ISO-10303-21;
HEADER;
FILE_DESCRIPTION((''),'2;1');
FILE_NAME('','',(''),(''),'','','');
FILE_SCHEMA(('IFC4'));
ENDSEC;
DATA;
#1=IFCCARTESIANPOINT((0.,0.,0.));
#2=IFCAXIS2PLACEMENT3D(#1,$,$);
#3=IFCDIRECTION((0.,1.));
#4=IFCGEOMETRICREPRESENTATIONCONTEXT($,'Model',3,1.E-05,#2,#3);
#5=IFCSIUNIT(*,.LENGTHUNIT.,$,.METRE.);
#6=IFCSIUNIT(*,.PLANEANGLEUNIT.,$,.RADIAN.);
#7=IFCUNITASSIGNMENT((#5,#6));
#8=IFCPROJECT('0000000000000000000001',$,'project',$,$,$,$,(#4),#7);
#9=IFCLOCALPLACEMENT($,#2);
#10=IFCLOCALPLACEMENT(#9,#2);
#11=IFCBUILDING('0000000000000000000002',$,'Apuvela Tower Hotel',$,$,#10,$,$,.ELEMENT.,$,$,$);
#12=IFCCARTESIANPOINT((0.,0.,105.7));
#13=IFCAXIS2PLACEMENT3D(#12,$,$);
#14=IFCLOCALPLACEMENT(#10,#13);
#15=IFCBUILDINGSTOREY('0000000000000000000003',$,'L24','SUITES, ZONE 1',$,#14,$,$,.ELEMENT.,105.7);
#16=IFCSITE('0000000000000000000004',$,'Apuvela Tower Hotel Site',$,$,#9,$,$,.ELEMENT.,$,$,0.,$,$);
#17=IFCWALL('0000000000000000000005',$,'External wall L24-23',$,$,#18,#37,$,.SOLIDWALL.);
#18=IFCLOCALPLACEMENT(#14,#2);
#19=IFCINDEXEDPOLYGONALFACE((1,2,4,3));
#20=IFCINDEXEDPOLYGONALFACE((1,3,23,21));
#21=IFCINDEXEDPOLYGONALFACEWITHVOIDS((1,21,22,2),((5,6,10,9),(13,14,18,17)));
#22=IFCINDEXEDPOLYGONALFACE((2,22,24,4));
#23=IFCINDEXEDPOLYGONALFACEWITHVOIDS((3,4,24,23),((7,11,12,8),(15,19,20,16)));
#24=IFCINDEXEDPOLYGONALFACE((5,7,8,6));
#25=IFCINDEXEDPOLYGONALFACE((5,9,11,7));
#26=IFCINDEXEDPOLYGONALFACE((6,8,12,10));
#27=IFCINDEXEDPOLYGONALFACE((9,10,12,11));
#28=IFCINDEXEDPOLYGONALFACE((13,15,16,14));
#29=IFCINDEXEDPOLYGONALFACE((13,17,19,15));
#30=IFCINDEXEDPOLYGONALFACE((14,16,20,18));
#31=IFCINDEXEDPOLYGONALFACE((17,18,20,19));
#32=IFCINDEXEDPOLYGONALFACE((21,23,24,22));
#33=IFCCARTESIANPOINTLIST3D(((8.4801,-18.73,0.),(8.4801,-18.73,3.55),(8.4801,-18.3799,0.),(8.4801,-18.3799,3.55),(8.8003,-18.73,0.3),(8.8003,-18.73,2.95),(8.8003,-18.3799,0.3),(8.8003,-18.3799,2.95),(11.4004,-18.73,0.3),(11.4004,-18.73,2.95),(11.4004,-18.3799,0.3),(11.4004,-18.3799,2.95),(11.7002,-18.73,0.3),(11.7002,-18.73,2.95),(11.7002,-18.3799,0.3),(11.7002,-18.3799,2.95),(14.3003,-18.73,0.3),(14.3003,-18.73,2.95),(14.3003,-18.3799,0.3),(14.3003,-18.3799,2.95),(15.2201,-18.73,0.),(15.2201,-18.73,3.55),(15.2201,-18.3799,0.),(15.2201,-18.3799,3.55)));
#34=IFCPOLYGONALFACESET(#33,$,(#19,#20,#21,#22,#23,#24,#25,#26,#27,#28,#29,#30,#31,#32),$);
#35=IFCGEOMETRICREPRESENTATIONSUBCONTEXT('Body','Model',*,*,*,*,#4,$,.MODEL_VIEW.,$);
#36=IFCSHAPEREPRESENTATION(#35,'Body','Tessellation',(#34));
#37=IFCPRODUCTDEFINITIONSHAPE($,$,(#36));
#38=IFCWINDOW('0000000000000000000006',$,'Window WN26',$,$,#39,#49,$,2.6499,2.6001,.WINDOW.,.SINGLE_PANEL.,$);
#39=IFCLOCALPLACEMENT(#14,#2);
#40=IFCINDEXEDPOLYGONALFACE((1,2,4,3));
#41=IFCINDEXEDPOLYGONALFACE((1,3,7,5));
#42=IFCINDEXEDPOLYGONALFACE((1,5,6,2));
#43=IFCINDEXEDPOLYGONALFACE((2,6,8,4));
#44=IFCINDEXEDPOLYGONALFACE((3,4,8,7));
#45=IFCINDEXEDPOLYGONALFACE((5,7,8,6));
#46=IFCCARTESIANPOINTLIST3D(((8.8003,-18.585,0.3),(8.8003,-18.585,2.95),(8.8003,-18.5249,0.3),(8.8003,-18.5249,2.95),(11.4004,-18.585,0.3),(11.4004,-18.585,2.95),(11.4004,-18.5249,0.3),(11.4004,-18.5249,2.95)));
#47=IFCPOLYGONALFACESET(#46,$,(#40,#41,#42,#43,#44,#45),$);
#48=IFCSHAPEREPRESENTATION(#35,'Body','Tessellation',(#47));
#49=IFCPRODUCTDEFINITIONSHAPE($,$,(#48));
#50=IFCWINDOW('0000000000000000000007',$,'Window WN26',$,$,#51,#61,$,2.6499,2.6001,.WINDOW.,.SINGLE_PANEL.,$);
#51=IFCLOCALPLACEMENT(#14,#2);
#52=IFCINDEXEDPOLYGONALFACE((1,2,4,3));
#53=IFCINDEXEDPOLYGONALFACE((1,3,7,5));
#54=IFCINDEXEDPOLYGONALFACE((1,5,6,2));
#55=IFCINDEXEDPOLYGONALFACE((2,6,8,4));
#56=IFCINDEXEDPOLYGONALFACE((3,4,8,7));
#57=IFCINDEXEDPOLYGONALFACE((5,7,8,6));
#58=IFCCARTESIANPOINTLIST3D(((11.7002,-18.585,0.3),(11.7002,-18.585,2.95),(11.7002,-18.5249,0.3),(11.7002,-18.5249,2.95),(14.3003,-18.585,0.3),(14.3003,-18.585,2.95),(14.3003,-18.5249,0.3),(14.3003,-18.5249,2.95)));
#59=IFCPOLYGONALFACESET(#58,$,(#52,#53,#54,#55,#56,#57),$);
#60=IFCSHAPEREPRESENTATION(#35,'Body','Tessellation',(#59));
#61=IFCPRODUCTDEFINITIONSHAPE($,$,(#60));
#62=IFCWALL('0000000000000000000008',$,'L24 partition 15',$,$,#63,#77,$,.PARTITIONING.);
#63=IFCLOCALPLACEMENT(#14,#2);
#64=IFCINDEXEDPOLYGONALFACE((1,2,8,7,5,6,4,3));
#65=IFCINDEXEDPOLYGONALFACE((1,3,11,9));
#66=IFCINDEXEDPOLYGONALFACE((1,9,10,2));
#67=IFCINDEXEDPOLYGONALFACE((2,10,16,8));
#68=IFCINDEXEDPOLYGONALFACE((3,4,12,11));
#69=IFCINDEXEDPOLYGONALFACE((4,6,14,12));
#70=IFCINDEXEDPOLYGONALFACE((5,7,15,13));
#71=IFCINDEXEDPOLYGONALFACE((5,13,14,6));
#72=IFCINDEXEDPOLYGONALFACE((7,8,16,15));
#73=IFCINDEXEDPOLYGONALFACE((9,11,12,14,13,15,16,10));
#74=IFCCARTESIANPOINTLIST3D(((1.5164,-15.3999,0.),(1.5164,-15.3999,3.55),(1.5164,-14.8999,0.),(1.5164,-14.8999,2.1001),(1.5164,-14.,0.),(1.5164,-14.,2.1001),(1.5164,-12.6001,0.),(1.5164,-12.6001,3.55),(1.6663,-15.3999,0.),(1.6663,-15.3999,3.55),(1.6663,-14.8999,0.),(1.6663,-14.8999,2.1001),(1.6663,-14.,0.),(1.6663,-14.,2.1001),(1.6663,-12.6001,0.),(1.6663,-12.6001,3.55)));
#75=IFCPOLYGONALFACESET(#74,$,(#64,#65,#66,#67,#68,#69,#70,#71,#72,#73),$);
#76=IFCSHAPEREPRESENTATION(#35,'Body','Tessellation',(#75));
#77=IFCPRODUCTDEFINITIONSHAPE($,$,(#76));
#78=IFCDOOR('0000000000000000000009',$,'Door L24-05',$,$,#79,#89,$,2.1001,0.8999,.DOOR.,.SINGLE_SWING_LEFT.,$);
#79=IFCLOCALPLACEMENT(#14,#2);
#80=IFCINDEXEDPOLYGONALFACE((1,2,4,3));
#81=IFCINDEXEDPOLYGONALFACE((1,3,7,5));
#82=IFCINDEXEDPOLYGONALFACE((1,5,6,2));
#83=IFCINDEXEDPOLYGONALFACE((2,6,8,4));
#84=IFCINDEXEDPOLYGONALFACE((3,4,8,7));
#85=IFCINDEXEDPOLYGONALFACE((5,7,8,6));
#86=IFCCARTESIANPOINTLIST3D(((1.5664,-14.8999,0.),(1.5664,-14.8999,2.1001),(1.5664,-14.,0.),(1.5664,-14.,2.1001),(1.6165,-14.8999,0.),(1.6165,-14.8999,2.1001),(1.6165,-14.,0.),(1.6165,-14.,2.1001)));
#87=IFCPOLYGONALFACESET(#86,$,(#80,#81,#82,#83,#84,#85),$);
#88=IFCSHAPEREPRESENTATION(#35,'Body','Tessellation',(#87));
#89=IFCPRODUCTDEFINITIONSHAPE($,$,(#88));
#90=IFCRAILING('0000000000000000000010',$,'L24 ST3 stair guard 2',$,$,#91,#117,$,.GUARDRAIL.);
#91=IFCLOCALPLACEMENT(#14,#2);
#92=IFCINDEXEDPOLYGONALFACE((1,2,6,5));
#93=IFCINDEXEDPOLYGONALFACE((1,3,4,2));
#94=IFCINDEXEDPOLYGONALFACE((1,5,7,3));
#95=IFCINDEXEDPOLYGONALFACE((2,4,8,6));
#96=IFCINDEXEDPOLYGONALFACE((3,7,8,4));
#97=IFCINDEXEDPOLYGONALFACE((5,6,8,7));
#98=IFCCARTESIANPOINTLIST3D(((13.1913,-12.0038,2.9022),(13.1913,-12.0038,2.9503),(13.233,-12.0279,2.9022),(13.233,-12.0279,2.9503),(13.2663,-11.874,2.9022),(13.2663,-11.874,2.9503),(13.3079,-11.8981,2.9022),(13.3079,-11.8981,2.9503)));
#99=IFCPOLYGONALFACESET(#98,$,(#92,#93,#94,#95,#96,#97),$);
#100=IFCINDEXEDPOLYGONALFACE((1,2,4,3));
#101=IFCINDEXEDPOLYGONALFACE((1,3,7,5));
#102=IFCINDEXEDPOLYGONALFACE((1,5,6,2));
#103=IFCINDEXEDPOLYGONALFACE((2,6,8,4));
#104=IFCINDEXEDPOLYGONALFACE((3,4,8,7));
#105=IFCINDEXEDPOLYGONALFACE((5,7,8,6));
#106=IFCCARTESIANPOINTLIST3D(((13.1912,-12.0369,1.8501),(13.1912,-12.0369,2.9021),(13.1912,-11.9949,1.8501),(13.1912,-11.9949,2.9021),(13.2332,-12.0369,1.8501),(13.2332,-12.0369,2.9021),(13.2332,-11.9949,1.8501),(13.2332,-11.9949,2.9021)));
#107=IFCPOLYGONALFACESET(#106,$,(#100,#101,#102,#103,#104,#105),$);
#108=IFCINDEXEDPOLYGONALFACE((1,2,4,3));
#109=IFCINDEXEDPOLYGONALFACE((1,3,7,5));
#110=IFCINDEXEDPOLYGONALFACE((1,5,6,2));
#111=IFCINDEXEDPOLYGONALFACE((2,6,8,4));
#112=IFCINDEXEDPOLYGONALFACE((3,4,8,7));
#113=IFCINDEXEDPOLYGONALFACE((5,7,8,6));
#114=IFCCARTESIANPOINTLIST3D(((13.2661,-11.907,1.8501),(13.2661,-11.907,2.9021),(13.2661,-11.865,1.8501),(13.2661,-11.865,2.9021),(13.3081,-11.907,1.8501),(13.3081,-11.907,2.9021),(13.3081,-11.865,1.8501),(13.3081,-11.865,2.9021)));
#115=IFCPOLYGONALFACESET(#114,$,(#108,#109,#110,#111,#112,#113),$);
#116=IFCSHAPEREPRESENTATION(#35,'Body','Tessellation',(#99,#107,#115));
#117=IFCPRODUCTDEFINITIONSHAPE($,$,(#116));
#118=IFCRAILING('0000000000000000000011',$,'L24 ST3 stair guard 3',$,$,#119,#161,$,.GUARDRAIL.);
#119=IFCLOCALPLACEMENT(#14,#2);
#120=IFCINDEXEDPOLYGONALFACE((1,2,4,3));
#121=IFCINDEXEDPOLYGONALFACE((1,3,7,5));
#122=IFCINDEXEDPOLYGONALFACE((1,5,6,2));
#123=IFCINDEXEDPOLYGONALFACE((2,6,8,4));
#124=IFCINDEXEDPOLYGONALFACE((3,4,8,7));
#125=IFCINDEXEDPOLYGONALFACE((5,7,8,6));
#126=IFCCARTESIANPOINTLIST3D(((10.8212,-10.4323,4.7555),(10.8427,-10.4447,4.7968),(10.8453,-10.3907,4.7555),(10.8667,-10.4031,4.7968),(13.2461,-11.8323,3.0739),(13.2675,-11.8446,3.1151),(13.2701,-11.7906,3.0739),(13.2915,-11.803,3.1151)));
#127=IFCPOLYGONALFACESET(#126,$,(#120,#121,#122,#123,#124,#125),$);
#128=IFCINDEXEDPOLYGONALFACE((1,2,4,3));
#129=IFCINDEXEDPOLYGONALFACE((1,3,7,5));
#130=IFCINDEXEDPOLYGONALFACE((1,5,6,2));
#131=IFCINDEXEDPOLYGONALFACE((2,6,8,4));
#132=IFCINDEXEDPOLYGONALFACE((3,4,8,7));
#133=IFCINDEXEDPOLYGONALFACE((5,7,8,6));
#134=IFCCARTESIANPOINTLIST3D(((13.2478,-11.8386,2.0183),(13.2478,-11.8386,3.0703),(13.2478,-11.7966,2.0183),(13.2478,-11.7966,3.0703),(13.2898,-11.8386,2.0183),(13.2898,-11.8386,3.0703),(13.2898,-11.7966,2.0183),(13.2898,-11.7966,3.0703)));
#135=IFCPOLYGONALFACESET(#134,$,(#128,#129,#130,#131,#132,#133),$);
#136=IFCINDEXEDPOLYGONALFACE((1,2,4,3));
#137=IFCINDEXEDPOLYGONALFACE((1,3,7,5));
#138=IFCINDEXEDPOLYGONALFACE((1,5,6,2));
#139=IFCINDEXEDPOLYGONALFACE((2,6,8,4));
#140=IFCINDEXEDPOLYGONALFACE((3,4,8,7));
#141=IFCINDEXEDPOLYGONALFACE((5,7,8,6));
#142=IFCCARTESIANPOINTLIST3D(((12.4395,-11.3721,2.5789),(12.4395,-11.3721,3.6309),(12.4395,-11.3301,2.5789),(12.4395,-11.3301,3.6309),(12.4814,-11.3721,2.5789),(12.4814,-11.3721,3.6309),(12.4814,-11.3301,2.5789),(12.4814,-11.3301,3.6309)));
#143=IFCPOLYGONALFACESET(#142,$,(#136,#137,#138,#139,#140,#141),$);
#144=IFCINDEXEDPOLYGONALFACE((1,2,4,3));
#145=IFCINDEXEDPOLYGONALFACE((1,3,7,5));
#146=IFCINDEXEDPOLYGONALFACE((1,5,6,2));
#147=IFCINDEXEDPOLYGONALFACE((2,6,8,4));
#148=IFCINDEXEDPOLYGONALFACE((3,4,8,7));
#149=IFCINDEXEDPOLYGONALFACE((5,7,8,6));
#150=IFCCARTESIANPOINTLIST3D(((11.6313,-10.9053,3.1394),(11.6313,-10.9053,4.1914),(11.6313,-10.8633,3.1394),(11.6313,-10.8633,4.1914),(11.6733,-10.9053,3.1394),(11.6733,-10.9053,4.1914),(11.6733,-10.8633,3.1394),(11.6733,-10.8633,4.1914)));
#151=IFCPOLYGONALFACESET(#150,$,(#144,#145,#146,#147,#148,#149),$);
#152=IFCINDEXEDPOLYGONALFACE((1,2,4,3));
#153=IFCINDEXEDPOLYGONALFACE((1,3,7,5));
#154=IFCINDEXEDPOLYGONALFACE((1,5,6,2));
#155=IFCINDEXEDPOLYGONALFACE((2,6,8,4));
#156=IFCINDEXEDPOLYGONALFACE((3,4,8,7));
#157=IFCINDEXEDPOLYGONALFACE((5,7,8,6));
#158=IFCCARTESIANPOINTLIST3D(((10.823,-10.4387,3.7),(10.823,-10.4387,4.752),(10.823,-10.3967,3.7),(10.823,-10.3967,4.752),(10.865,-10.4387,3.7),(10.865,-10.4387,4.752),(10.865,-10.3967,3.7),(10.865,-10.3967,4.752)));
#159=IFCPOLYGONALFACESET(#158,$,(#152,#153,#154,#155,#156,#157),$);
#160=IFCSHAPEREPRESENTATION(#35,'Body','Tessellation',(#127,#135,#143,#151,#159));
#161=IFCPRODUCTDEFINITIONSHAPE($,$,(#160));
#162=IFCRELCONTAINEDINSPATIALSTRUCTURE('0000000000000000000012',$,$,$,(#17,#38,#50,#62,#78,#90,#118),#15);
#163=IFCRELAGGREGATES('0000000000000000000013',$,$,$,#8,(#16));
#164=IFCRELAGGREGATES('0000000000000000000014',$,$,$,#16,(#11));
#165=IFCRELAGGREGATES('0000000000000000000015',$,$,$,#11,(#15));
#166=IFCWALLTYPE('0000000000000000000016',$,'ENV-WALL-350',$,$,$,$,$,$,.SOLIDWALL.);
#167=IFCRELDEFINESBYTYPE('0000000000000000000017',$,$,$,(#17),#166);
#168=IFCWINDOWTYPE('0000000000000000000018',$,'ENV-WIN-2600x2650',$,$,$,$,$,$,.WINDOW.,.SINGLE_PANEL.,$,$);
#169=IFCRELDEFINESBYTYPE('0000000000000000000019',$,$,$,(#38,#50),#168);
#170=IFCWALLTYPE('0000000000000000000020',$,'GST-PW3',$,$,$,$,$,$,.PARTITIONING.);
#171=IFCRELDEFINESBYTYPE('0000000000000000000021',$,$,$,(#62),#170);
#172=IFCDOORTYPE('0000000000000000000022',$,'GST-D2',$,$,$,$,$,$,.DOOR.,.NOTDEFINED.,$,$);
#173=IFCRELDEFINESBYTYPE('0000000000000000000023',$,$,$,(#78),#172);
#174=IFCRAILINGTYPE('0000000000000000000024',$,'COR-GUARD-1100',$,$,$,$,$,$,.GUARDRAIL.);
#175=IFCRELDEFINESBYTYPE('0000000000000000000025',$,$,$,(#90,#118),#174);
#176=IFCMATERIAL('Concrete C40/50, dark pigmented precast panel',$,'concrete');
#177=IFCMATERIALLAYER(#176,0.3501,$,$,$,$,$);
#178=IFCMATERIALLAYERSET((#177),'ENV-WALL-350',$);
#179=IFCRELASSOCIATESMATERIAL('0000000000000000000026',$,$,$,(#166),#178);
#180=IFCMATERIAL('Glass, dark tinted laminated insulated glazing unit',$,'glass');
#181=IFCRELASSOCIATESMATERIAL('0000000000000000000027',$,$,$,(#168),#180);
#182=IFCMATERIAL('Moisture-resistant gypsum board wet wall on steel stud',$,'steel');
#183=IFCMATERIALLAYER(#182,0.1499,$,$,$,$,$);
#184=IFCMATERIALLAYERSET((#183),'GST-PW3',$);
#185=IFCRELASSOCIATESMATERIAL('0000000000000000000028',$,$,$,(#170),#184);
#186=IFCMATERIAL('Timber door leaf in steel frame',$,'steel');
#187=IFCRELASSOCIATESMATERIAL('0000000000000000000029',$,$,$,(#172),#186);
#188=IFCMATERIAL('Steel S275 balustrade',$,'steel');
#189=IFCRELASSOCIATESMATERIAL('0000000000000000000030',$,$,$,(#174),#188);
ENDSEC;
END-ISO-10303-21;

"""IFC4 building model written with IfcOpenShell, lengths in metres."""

from ifc_helpers import new_model, si_unit, direction, frame, frame_2d, origin, origin_2d, place, context, subcontext, project, spatial, rectangle, extrude, material, layer, layer_set, type_object, element, fill, save


model = new_model("IFC4")

# Units and contexts
model_context = context("Model", 3, precision=1e-05, world=origin(), true_north=direction((0.0, 1.0)))
body_context = subcontext(model_context, "Body", "Model", "MODEL_VIEW")
ifc_project = project(units=[si_unit("LENGTHUNIT", "METRE"), si_unit("PLANEANGLEUNIT", "RADIAN")], contexts=[model_context])

# Site, building, storey
site_placement = place(None, origin())
site = spatial("IfcSite", under=ifc_project, at=site_placement, Name="Apuvela Tower Hotel Site", CompositionType="ELEMENT", RefElevation=0.0)
building_placement = place(site_placement, origin())
building = spatial("IfcBuilding", under=site, at=building_placement, Name="Apuvela Tower Hotel", CompositionType="ELEMENT")
storey_placement = place(building_placement, frame((0.0, 0.0, 105.7)))
storey = spatial("IfcBuildingStorey", under=building, at=storey_placement, Name="L24", Description="SUITES, ZONE 1", CompositionType="ELEMENT", Elevation=105.7)

# Shared definitions
ifc_material_1 = material(Name="Concrete C40/50, dark pigmented precast panel", Category="concrete")
ifc_layer_1 = layer(ifc_material_1, 0.3501)
ifc_layer_set_1 = layer_set([ifc_layer_1], Name="ENV-WALL-350")
wall_type_1 = type_object("IfcWallType", Name="ENV-WALL-350", PredefinedType="SOLIDWALL", material=ifc_layer_set_1)

# Wall, openings, windows
wall_1_placement = place(storey_placement, frame((8.48, -18.5549, 0.0), z_axis=(0.0, 0.0, 1.0), x_axis=(1.0, 0.0, 0.0)))
wall_1 = element("IfcWall", 1, at=wall_1_placement, inside=storey, type_object=wall_type_1, Name="External wall L24-23", PredefinedType="SOLIDWALL", context=body_context, shape_type="SweptSolid", body=[
    extrude(rectangle(XDim=6.74, YDim=0.3501, at=frame_2d((3.3701, 0.0))), origin(), (0.0, 0.0, 1.0), 3.55),
])
opening_1_placement = place(wall_1_placement, frame((0.3203, 0.0, 0.3)))
opening_1 = element("IfcOpeningElement", 2, at=opening_1_placement, cuts=wall_1, PredefinedType="OPENING", context=body_context, shape_type="SweptSolid", body=[
    extrude(rectangle(XDim=2.6001, YDim=2.6499, at=frame_2d((1.3, 1.325))), frame((0.0, 0.1851, 0.0), z_axis=(0.0, -1.0, 0.0), x_axis=(1.0, 0.0, 0.0)), (0.0, 0.0, 1.0), 0.3701),
])
opening_2_placement = place(wall_1_placement, frame((3.2202, 0.0, 0.3)))
opening_2 = element("IfcOpeningElement", 3, at=opening_2_placement, cuts=wall_1, PredefinedType="OPENING", context=body_context, shape_type="SweptSolid", body=[
    extrude(rectangle(XDim=2.6001, YDim=2.6499, at=frame_2d((1.3, 1.325))), frame((0.0, 0.1851, 0.0), z_axis=(0.0, -1.0, 0.0), x_axis=(1.0, 0.0, 0.0)), (0.0, 0.0, 1.0), 0.3701),
])
ifc_material_2 = material(Name="Glass, dark tinted laminated insulated glazing unit", Category="glass")
window_type = type_object("IfcWindowType", Name="ENV-WIN-2600x2650", PartitioningType="SINGLE_PANEL", PredefinedType="WINDOW", material=ifc_material_2)
window_1_placement = place(opening_1_placement, origin())
window_1 = element("IfcWindow", 4, at=window_1_placement, inside=storey, type_object=window_type, Name="Window WN26", OverallHeight=2.6499, OverallWidth=2.6001, PartitioningType="SINGLE_PANEL", PredefinedType="WINDOW", context=body_context, shape_type="SweptSolid", body=[
    extrude(rectangle(XDim=2.6001, YDim=2.6499, at=frame_2d((1.3, 1.325))), frame((0.0, 0.03, 0.0), z_axis=(0.0, -1.0, 0.0), x_axis=(1.0, 0.0, 0.0)), (0.0, 0.0, 1.0), 0.0601),
])
fill(opening_1, window_1)
window_2_placement = place(opening_2_placement, origin())
window_2 = element("IfcWindow", 5, at=window_2_placement, inside=storey, type_object=window_type, Name="Window WN26", OverallHeight=2.6499, OverallWidth=2.6001, PartitioningType="SINGLE_PANEL", PredefinedType="WINDOW", context=body_context, shape_type="SweptSolid", body=[
    extrude(rectangle(XDim=2.6001, YDim=2.6499, at=frame_2d((1.3, 1.325))), frame((0.0, 0.03, 0.0), z_axis=(0.0, -1.0, 0.0), x_axis=(1.0, 0.0, 0.0)), (0.0, 0.0, 1.0), 0.0601),
])
fill(opening_2, window_2)

# Wall, opening, door
ifc_material_3 = material(Name="Moisture-resistant gypsum board wet wall on steel stud", Category="steel")
ifc_layer_2 = layer(ifc_material_3, 0.1499)
ifc_layer_set_2 = layer_set([ifc_layer_2], Name="GST-PW3")
wall_type_2 = type_object("IfcWallType", Name="GST-PW3", PredefinedType="PARTITIONING", material=ifc_layer_set_2)
wall_2_placement = place(storey_placement, frame((1.5913, -15.3999, 0.0), z_axis=(0.0, 0.0, 1.0), x_axis=(0.0, 1.0, 0.0)))
wall_2 = element("IfcWall", 6, at=wall_2_placement, inside=storey, type_object=wall_type_2, Name="L24 partition 15", PredefinedType="PARTITIONING", context=body_context, shape_type="SweptSolid", body=[
    extrude(rectangle(XDim=2.7998, YDim=0.1499, at=frame_2d((1.3999, 0.0))), origin(), (0.0, 0.0, 1.0), 3.55),
])
opening_3_placement = place(wall_2_placement, frame((0.5, 0.0, 0.0)))
opening_3 = element("IfcOpeningElement", 7, at=opening_3_placement, cuts=wall_2, PredefinedType="OPENING", context=body_context, shape_type="SweptSolid", body=[
    extrude(rectangle(XDim=0.8999, YDim=2.1001, at=frame_2d((0.45, 1.05))), frame((0.0, 0.085, 0.0), z_axis=(0.0, -1.0, 0.0), x_axis=(1.0, 0.0, 0.0)), (0.0, 0.0, 1.0), 0.1699),
])
ifc_material_4 = material(Name="Timber door leaf in steel frame", Category="steel")
door_type = type_object("IfcDoorType", Name="GST-D2", OperationType="NOTDEFINED", PredefinedType="DOOR", material=ifc_material_4)
door_placement = place(opening_3_placement, origin())
door = element("IfcDoor", 8, at=door_placement, inside=storey, type_object=door_type, Name="Door L24-05", OperationType="SINGLE_SWING_LEFT", OverallHeight=2.1001, OverallWidth=0.8999, PredefinedType="DOOR", context=body_context, shape_type="SweptSolid", body=[
    extrude(rectangle(XDim=0.8999, YDim=2.1001, at=frame_2d((0.45, 1.05))), frame((0.0, 0.0249, 0.0), z_axis=(0.0, -1.0, 0.0), x_axis=(1.0, 0.0, 0.0)), (0.0, 0.0, 1.0), 0.05),
])
fill(opening_3, door)

# Railings
ifc_material_5 = material(Name="Steel S275 balustrade", Category="steel")
railing_type_1 = type_object("IfcRailingType", Name="COR-GUARD-1100", PredefinedType="GUARDRAIL", material=ifc_material_5)
railing_1_placement = place(storey_placement, frame((13.2122, -12.0159, 1.8501)))
element("IfcRailing", 9, at=railing_1_placement, inside=storey, type_object=railing_type_1, Name="L24 ST3 stair guard 2", PredefinedType="GUARDRAIL", context=body_context, shape_type="SweptSolid", body=[
    extrude(rectangle(XDim=0.0481, YDim=0.0481, at=origin_2d()), frame((0.0, 0.0, 1.0762), z_axis=(0.499816, 0.866131, 0.0), x_axis=(-0.866131, 0.499816, 0.0)), (0.0, 0.0, 1.0), 0.1499),
    extrude(rectangle(XDim=0.042, YDim=0.042, at=origin_2d()), origin(), (0.0, 0.0, 1.0), 1.052),
    extrude(rectangle(XDim=0.042, YDim=0.042, at=origin_2d()), frame((0.075, 0.1299, 0.0)), (0.0, 0.0, 1.0), 1.052),
])
railing_2_placement = place(storey_placement, frame((13.2688, -11.8176, 2.0183)))
element("IfcRailing", 10, at=railing_2_placement, inside=storey, type_object=railing_type_1, Name="L24 ST3 stair guard 3", PredefinedType="GUARDRAIL", context=body_context, shape_type="SweptSolid", body=[
    extrude(rectangle(XDim=0.0481, YDim=0.0481, at=origin_2d()), frame((0.0, 0.0, 1.0762), z_axis=(-0.742419, 0.428618, 0.514879), x_axis=(-0.499984, -0.866035, 0.0)), (0.0, 0.0, 1.0), 3.2661),
    extrude(rectangle(XDim=0.042, YDim=0.042, at=origin_2d()), origin(), (0.0, 0.0, 1.0), 1.052),
    extrude(rectangle(XDim=0.042, YDim=0.042, at=origin_2d()), frame((-0.8083, 0.4666, 0.5605)), (0.0, 0.0, 1.0), 1.052),
    extrude(rectangle(XDim=0.042, YDim=0.042, at=origin_2d()), frame((-1.6165, 0.9333, 1.1211)), (0.0, 0.0, 1.0), 1.052),
    extrude(rectangle(XDim=0.042, YDim=0.042, at=origin_2d()), frame((-2.4248, 1.3999, 1.6816)), (0.0, 0.0, 1.0), 1.052),
])

save(model, "model.ifc")
